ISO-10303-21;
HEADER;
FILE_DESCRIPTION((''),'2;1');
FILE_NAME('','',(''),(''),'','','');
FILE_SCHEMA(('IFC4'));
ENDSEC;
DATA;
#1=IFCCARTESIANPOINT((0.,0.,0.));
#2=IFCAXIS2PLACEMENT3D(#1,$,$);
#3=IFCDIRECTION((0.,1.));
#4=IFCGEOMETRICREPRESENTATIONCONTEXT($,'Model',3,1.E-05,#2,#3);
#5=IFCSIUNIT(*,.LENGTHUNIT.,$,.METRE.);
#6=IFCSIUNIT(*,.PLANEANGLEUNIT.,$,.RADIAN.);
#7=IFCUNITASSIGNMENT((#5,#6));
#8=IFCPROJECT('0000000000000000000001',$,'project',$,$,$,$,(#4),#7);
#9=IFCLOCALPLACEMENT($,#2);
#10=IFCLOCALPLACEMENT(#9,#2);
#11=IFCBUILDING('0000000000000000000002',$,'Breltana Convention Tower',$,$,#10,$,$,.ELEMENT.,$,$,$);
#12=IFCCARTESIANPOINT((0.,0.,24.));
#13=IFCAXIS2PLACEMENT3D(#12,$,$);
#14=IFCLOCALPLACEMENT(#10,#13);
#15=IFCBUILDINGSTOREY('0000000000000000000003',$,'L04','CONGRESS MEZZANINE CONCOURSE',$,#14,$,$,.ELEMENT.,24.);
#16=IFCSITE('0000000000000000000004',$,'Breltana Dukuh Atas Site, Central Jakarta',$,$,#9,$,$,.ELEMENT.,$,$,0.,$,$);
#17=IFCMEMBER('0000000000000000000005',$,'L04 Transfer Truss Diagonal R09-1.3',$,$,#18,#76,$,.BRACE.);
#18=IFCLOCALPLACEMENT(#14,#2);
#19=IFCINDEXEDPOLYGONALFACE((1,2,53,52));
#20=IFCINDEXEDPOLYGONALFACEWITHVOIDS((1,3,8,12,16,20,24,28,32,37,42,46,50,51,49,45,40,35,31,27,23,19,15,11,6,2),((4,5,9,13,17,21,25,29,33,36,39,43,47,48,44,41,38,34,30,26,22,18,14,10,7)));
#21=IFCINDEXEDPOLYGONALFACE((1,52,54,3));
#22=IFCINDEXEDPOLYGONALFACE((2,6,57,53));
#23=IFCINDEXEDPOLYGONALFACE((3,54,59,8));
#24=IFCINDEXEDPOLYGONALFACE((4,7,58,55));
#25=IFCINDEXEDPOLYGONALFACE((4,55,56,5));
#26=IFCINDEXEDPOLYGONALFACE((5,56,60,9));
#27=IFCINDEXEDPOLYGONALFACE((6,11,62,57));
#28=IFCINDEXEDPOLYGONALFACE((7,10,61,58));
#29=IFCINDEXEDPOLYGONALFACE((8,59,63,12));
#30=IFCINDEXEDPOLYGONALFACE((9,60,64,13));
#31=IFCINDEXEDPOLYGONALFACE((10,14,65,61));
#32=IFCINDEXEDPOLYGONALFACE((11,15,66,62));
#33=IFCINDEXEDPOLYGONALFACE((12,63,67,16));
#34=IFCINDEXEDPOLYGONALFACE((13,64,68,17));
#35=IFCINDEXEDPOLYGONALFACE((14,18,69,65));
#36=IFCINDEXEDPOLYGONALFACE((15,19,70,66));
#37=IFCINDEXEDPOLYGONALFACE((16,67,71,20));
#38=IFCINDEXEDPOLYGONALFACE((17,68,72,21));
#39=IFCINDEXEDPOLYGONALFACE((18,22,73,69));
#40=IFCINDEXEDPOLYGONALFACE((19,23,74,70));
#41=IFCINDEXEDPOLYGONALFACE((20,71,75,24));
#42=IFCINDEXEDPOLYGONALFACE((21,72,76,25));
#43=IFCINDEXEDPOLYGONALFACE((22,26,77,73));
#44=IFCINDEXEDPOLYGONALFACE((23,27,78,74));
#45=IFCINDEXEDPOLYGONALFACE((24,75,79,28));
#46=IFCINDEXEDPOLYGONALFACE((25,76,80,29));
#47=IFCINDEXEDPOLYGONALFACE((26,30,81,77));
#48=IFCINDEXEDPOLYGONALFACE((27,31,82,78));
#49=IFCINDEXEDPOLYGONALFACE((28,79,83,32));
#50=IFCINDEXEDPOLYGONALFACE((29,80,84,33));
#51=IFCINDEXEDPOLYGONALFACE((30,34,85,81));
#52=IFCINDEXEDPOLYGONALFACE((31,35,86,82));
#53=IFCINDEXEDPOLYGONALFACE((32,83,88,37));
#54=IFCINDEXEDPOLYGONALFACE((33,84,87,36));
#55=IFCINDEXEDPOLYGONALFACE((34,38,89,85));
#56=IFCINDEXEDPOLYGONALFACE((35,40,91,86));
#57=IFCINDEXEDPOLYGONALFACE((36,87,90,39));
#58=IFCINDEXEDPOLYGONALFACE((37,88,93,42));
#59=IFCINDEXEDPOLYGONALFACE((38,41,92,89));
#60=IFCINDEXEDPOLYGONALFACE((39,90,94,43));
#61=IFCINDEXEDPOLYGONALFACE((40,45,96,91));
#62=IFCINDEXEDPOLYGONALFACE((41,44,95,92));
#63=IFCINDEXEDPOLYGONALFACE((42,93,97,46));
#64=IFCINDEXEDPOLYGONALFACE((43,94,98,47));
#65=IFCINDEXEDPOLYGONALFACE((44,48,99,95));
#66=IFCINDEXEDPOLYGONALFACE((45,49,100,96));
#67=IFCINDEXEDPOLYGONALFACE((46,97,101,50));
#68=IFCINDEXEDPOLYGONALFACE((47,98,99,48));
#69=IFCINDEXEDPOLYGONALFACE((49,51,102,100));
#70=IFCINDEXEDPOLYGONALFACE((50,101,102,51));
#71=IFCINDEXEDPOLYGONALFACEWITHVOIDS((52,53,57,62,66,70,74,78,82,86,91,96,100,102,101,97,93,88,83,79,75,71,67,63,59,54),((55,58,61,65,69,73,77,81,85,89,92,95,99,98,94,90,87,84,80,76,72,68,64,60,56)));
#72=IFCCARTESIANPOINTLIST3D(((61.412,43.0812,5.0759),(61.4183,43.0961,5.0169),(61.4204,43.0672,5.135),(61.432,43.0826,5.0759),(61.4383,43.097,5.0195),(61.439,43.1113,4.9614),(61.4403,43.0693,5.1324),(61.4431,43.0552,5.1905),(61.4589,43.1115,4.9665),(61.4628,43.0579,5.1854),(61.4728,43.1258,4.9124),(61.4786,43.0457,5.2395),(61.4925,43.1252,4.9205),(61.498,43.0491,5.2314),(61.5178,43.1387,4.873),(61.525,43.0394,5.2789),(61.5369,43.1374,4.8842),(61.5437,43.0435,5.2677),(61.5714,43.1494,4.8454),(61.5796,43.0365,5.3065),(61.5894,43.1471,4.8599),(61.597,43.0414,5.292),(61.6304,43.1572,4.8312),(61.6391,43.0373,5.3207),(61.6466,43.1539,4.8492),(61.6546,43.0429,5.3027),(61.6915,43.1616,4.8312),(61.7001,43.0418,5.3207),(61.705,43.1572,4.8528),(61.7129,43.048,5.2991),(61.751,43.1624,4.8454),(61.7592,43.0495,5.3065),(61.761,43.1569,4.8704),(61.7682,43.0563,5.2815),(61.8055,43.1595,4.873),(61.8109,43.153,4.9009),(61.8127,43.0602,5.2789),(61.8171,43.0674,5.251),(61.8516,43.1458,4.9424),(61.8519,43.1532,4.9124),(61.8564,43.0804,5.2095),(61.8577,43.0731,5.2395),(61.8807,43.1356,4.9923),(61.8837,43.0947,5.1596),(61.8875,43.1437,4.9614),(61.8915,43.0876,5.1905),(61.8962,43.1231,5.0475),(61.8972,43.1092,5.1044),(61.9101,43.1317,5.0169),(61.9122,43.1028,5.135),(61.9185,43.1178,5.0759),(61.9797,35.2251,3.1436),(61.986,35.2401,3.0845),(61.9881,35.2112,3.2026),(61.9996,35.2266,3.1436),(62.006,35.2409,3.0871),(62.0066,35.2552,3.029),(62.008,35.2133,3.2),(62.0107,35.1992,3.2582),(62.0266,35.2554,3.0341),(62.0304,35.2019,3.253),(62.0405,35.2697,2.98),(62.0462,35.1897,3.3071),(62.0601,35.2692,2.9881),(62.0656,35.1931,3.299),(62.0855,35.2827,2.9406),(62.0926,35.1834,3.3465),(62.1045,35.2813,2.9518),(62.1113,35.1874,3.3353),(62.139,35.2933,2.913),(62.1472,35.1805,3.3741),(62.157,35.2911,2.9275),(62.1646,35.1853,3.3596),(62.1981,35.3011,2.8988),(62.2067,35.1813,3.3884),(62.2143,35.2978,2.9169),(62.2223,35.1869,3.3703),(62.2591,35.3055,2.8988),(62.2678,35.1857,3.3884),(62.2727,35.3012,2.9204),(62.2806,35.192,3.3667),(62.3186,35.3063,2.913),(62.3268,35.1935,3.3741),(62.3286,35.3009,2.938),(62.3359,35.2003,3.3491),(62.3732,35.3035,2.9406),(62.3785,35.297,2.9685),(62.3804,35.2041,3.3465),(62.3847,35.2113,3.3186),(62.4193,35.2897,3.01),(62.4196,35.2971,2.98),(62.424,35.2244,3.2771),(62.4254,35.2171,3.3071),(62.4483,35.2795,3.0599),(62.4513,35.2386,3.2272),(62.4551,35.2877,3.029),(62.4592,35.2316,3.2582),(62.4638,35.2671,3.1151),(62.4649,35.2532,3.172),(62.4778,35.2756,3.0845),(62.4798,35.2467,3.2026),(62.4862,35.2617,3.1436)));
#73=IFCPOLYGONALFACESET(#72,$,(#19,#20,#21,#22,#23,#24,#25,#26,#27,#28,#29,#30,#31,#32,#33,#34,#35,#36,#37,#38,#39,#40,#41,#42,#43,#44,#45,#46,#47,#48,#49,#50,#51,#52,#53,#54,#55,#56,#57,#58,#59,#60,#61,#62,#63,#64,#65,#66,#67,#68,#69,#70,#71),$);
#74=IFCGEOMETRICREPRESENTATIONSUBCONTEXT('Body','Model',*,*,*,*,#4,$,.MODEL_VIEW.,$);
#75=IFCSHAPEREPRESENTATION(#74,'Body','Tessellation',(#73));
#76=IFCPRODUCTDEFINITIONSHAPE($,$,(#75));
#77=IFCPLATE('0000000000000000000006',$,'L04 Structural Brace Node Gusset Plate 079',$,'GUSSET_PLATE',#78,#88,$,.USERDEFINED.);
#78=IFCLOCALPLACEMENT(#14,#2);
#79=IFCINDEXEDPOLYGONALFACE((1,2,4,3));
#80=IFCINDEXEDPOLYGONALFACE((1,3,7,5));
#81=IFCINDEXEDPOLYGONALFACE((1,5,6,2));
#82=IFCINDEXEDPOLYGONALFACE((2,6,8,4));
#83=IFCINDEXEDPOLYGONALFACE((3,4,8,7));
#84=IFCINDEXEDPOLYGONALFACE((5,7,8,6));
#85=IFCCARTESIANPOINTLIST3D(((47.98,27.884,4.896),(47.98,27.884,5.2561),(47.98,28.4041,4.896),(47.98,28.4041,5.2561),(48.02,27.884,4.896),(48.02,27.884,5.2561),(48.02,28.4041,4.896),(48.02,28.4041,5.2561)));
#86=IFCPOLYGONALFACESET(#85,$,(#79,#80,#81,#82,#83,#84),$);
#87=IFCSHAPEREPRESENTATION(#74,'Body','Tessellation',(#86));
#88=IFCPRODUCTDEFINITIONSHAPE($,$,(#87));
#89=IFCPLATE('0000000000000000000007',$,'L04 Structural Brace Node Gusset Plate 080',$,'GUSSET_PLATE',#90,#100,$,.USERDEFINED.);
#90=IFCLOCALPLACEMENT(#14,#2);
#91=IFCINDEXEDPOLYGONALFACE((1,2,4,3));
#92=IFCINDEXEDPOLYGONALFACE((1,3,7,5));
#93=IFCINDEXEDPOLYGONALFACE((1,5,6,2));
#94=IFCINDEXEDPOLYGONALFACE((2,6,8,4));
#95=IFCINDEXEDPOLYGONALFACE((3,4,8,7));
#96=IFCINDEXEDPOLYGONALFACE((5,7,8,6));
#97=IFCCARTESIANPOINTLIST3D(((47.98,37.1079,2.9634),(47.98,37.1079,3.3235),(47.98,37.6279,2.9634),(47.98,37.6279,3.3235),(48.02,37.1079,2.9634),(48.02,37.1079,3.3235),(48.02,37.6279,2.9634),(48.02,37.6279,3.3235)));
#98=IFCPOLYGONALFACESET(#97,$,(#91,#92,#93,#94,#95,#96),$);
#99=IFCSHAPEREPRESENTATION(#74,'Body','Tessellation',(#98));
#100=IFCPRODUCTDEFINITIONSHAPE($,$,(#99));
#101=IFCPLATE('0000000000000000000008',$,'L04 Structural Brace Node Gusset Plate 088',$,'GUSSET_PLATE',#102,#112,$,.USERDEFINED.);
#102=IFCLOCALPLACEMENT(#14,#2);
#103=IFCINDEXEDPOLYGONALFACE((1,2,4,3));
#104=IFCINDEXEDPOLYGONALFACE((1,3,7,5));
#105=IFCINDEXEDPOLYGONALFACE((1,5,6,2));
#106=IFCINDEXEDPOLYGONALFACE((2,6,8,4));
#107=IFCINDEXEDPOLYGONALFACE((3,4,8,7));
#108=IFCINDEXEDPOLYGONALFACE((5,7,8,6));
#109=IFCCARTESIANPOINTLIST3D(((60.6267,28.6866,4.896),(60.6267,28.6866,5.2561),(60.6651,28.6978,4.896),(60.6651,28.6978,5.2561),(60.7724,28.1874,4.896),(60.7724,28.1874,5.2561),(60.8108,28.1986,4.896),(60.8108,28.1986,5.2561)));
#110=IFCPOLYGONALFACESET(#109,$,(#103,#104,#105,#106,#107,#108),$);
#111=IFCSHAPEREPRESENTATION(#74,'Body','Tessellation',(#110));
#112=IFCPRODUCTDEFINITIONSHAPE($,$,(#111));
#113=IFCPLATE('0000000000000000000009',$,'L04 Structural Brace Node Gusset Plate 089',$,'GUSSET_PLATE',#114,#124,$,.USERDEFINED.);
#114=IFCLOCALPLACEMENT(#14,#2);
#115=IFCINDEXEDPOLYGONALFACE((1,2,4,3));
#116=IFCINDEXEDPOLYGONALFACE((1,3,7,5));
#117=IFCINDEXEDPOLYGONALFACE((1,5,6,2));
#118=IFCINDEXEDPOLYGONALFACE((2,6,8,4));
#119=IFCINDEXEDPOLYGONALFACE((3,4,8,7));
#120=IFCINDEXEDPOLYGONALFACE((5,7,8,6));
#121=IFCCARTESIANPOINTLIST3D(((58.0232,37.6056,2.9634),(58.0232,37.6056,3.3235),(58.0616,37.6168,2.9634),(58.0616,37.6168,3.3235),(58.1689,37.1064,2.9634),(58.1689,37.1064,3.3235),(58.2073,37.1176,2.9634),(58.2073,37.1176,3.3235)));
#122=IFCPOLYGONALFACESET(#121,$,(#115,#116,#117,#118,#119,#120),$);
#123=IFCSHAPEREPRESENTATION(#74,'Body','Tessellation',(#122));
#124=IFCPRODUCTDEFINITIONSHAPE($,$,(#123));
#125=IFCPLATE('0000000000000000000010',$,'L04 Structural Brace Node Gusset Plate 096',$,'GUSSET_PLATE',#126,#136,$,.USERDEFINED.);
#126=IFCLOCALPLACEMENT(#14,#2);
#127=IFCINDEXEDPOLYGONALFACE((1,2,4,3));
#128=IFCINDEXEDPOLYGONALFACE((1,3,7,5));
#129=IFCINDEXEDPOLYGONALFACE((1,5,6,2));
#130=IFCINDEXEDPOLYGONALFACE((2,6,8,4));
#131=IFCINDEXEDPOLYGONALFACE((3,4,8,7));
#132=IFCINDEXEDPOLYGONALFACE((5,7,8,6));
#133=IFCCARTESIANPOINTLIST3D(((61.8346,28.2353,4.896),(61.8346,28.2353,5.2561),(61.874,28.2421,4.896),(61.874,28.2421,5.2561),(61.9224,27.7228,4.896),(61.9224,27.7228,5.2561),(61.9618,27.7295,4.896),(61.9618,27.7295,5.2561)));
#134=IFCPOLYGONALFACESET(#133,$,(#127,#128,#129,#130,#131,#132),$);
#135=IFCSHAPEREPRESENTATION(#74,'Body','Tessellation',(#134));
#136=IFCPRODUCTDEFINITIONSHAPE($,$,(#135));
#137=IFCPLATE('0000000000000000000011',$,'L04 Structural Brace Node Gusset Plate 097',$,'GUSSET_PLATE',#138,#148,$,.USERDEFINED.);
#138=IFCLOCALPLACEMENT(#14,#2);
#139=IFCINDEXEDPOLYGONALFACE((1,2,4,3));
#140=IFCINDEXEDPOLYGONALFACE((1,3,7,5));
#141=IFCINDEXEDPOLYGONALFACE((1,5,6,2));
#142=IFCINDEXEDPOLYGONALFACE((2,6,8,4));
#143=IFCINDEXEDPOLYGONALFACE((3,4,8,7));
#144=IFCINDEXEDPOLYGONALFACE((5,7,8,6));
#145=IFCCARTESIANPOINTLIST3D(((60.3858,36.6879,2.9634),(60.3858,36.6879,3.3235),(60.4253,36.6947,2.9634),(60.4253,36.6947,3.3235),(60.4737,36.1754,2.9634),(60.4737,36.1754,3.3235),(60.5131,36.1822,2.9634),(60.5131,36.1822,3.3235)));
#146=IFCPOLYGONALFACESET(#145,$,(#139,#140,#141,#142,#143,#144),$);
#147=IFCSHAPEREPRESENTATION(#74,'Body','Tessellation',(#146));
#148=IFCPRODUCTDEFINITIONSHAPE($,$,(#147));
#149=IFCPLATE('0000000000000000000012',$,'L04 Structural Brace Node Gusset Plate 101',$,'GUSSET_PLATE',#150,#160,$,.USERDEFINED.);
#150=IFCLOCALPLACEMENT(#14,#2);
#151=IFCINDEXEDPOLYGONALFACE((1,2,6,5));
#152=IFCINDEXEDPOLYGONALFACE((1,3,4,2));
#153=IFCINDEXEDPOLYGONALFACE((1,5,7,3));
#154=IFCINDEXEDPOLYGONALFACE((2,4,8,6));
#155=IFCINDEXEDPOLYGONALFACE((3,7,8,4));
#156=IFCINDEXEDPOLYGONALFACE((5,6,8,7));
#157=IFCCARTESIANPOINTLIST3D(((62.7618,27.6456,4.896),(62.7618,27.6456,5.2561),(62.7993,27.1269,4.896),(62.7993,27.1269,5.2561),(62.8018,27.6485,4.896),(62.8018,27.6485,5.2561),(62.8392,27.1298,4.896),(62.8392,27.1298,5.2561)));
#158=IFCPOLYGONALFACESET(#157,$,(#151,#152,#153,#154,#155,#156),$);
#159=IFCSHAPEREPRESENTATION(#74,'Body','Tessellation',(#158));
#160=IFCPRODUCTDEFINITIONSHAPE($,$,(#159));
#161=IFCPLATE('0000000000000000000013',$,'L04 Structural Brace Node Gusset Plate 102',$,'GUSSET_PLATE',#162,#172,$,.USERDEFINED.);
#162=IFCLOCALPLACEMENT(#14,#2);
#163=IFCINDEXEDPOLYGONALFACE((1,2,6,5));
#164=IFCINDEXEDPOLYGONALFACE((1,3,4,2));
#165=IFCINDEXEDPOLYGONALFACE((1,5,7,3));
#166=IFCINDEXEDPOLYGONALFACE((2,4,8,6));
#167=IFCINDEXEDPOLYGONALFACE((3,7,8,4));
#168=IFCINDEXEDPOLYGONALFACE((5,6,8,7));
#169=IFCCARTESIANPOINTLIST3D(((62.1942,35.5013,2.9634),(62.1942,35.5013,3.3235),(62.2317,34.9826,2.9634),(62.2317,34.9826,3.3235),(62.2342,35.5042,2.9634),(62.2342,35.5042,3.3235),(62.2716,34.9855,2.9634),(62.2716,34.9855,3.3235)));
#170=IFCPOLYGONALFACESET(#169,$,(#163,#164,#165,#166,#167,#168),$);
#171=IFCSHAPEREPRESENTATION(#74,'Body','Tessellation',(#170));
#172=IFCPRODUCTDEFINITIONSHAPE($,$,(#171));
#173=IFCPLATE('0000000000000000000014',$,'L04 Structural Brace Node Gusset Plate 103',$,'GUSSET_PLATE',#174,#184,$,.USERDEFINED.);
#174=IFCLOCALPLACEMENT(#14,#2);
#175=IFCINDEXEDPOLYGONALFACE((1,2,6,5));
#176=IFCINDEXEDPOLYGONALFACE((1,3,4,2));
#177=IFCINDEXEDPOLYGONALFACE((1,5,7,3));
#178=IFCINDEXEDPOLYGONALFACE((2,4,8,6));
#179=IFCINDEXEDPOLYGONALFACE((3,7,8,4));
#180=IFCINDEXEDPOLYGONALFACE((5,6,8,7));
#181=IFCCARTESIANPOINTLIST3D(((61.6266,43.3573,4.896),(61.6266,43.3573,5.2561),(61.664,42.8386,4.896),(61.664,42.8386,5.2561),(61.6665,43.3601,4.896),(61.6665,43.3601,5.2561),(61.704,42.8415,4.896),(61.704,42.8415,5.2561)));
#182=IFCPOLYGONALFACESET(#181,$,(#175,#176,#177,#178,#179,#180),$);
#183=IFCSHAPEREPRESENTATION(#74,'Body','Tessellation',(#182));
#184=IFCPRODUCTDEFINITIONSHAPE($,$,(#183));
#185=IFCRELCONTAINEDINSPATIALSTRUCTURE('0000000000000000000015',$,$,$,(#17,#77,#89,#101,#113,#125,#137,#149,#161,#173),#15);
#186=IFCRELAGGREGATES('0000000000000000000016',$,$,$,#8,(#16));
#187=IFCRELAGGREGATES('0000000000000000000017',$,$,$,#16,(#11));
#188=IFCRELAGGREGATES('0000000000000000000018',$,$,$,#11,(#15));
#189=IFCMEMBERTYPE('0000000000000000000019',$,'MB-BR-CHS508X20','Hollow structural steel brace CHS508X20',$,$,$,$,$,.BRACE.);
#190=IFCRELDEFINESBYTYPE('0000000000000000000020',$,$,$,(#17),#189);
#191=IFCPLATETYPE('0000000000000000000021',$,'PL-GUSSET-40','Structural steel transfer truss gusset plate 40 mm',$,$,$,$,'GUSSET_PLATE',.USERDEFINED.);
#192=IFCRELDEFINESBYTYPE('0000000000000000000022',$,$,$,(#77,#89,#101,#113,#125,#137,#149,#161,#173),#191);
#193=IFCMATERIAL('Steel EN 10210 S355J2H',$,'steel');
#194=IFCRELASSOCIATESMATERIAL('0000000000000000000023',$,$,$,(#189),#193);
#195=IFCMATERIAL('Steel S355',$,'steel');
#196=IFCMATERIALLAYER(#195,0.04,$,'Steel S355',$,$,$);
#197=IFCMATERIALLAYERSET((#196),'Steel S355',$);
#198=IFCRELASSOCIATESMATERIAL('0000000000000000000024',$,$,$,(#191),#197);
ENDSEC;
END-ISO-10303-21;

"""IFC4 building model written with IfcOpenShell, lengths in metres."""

from ifc_helpers import new_model, si_unit, direction, frame, origin, origin_2d, place, context, subcontext, project, spatial, rectangle, hollow_circle, extrude, source, transform, mapped, material, layer, layer_set, material_profile, profile_set, type_object, element, save


model = new_model("IFC4")

# Units and contexts
model_context = context("Model", 3, precision=1e-05, world=origin(), true_north=direction((0.0, 1.0)))
body_context = subcontext(model_context, "Body", "Model", "MODEL_VIEW")
ifc_project = project(units=[si_unit("LENGTHUNIT", "METRE"), si_unit("PLANEANGLEUNIT", "RADIAN")], contexts=[model_context])

# Site, building, storey
site_placement = place(None, origin())
site = spatial("IfcSite", under=ifc_project, at=site_placement, Name="Breltana Dukuh Atas Site, Central Jakarta", CompositionType="ELEMENT", RefElevation=0.0)
building_placement = place(site_placement, origin())
building = spatial("IfcBuilding", under=site, at=building_placement, Name="Breltana Convention Tower", CompositionType="ELEMENT")
storey_placement = place(building_placement, frame((0.0, 0.0, 24.0)))
storey = spatial("IfcBuildingStorey", under=building, at=storey_placement, Name="L04", Description="CONGRESS MEZZANINE CONCOURSE", CompositionType="ELEMENT", Elevation=24.0)

# Member
ifc_material_1 = material(Name="Steel EN 10210 S355J2H", Category="steel")
ifc_material_profile = material_profile(ifc_material_1, hollow_circle(Radius=0.2539, WallThickness=0.02, at=origin_2d()), Name="CHS508X20")
ifc_profile_set = profile_set([ifc_material_profile], Name="Steel EN 10210 S355J2H")
member_type = type_object("IfcMemberType", Name="MB-BR-CHS508X20", Description="Hollow structural steel brace CHS508X20", PredefinedType="BRACE", material=ifc_profile_set)
shared_shape_1 = source(origin(), body_context, "Body", "SweptSolid", [
    extrude(hollow_circle(Radius=0.2539, WallThickness=0.02, at=origin_2d()), origin(), (0.0, 0.0, 1.0), 8.1101),
])
member_placement = place(storey_placement, frame((62.2329, 35.2434, 3.1436), z_axis=(-0.069991, 0.968674, 0.23827), x_axis=(-0.9974, -0.072066, 0.0)))
element("IfcMember", 1, at=member_placement, inside=storey, type_object=member_type, Name="L04 Transfer Truss Diagonal R09-1.3", PredefinedType="BRACE", context=body_context, shape_type="MappedRepresentation", body=[
    mapped(shared_shape_1, transform((0.0, 0.0, 0.0), scale=1.0)),
])

# Plates
ifc_material_2 = material(Name="Steel S355", Category="steel")
ifc_layer_1 = layer(ifc_material_2, 0.04, Name="Steel S355")
ifc_layer_set_1 = layer_set([ifc_layer_1], Name="Steel S355")
plate_type = type_object("IfcPlateType", Name="PL-GUSSET-40", Description="Structural steel transfer truss gusset plate 40 mm", ElementType="GUSSET_PLATE", PredefinedType="USERDEFINED", material=ifc_layer_set_1)
shared_shape_2 = source(origin(), body_context, "Body", "SweptSolid", [
    extrude(rectangle(XDim=0.52, YDim=0.04, at=origin_2d()), origin(), (0.0, 0.0, 1.0), 0.3601),
])
for number, where, z_axis, x_axis, name in (
    (2, (48.0, 28.144, 4.896), (0.0, 0.0, 1.0), (0.0, 1.0, 0.0), "L04 Structural Brace Node Gusset Plate 079"),
    (3, (48.0, 37.3679, 2.9634), (0.0, 0.0, 1.0), (0.0, 1.0, 0.0), "L04 Structural Brace Node Gusset Plate 080"),
    (4, (60.7188, 28.4426, 4.896), (0.0, 0.0, 1.0), (-0.280164, 0.959952, 0.0), "L04 Structural Brace Node Gusset Plate 088"),
    (5, (58.1152, 37.3616, 2.9634), (0.0, 0.0, 1.0), (-0.280164, 0.959952, 0.0), "L04 Structural Brace Node Gusset Plate 089"),
    (6, (61.8982, 27.9824, 4.896), (0.0, 0.0, 1.0), (-0.168833, 0.985645, 0.0), "L04 Structural Brace Node Gusset Plate 096"),
    (7, (60.4495, 36.4351, 2.9634), (0.0, 0.0, 1.0), (-0.169005, 0.985615, 0.0), "L04 Structural Brace Node Gusset Plate 097"),
    (8, (62.8005, 27.3877, 4.896), (0.0, 0.0, 1.0), (-0.07202, 0.997403, 0.0), "L04 Structural Brace Node Gusset Plate 101"),
    (9, (62.2329, 35.2434, 2.9634), (0.0, 0.0, 1.0), (-0.07202, 0.997403, 0.0), "L04 Structural Brace Node Gusset Plate 102"),
    (10, (61.6653, 43.0994, 4.896), (0.0, 0.0, 1.0), (-0.07202, 0.997403, 0.0), "L04 Structural Brace Node Gusset Plate 103"),
):
    element("IfcPlate", number, at=place(storey_placement, frame(where, z_axis=z_axis, x_axis=x_axis)), inside=storey, type_object=plate_type, Name=name, ObjectType="GUSSET_PLATE", PredefinedType="USERDEFINED", context=body_context, shape_type="MappedRepresentation", body=[
        mapped(shared_shape_2, transform((0.0, 0.0, 0.0), scale=1.0)),
    ])

save(model, "model.ifc")
